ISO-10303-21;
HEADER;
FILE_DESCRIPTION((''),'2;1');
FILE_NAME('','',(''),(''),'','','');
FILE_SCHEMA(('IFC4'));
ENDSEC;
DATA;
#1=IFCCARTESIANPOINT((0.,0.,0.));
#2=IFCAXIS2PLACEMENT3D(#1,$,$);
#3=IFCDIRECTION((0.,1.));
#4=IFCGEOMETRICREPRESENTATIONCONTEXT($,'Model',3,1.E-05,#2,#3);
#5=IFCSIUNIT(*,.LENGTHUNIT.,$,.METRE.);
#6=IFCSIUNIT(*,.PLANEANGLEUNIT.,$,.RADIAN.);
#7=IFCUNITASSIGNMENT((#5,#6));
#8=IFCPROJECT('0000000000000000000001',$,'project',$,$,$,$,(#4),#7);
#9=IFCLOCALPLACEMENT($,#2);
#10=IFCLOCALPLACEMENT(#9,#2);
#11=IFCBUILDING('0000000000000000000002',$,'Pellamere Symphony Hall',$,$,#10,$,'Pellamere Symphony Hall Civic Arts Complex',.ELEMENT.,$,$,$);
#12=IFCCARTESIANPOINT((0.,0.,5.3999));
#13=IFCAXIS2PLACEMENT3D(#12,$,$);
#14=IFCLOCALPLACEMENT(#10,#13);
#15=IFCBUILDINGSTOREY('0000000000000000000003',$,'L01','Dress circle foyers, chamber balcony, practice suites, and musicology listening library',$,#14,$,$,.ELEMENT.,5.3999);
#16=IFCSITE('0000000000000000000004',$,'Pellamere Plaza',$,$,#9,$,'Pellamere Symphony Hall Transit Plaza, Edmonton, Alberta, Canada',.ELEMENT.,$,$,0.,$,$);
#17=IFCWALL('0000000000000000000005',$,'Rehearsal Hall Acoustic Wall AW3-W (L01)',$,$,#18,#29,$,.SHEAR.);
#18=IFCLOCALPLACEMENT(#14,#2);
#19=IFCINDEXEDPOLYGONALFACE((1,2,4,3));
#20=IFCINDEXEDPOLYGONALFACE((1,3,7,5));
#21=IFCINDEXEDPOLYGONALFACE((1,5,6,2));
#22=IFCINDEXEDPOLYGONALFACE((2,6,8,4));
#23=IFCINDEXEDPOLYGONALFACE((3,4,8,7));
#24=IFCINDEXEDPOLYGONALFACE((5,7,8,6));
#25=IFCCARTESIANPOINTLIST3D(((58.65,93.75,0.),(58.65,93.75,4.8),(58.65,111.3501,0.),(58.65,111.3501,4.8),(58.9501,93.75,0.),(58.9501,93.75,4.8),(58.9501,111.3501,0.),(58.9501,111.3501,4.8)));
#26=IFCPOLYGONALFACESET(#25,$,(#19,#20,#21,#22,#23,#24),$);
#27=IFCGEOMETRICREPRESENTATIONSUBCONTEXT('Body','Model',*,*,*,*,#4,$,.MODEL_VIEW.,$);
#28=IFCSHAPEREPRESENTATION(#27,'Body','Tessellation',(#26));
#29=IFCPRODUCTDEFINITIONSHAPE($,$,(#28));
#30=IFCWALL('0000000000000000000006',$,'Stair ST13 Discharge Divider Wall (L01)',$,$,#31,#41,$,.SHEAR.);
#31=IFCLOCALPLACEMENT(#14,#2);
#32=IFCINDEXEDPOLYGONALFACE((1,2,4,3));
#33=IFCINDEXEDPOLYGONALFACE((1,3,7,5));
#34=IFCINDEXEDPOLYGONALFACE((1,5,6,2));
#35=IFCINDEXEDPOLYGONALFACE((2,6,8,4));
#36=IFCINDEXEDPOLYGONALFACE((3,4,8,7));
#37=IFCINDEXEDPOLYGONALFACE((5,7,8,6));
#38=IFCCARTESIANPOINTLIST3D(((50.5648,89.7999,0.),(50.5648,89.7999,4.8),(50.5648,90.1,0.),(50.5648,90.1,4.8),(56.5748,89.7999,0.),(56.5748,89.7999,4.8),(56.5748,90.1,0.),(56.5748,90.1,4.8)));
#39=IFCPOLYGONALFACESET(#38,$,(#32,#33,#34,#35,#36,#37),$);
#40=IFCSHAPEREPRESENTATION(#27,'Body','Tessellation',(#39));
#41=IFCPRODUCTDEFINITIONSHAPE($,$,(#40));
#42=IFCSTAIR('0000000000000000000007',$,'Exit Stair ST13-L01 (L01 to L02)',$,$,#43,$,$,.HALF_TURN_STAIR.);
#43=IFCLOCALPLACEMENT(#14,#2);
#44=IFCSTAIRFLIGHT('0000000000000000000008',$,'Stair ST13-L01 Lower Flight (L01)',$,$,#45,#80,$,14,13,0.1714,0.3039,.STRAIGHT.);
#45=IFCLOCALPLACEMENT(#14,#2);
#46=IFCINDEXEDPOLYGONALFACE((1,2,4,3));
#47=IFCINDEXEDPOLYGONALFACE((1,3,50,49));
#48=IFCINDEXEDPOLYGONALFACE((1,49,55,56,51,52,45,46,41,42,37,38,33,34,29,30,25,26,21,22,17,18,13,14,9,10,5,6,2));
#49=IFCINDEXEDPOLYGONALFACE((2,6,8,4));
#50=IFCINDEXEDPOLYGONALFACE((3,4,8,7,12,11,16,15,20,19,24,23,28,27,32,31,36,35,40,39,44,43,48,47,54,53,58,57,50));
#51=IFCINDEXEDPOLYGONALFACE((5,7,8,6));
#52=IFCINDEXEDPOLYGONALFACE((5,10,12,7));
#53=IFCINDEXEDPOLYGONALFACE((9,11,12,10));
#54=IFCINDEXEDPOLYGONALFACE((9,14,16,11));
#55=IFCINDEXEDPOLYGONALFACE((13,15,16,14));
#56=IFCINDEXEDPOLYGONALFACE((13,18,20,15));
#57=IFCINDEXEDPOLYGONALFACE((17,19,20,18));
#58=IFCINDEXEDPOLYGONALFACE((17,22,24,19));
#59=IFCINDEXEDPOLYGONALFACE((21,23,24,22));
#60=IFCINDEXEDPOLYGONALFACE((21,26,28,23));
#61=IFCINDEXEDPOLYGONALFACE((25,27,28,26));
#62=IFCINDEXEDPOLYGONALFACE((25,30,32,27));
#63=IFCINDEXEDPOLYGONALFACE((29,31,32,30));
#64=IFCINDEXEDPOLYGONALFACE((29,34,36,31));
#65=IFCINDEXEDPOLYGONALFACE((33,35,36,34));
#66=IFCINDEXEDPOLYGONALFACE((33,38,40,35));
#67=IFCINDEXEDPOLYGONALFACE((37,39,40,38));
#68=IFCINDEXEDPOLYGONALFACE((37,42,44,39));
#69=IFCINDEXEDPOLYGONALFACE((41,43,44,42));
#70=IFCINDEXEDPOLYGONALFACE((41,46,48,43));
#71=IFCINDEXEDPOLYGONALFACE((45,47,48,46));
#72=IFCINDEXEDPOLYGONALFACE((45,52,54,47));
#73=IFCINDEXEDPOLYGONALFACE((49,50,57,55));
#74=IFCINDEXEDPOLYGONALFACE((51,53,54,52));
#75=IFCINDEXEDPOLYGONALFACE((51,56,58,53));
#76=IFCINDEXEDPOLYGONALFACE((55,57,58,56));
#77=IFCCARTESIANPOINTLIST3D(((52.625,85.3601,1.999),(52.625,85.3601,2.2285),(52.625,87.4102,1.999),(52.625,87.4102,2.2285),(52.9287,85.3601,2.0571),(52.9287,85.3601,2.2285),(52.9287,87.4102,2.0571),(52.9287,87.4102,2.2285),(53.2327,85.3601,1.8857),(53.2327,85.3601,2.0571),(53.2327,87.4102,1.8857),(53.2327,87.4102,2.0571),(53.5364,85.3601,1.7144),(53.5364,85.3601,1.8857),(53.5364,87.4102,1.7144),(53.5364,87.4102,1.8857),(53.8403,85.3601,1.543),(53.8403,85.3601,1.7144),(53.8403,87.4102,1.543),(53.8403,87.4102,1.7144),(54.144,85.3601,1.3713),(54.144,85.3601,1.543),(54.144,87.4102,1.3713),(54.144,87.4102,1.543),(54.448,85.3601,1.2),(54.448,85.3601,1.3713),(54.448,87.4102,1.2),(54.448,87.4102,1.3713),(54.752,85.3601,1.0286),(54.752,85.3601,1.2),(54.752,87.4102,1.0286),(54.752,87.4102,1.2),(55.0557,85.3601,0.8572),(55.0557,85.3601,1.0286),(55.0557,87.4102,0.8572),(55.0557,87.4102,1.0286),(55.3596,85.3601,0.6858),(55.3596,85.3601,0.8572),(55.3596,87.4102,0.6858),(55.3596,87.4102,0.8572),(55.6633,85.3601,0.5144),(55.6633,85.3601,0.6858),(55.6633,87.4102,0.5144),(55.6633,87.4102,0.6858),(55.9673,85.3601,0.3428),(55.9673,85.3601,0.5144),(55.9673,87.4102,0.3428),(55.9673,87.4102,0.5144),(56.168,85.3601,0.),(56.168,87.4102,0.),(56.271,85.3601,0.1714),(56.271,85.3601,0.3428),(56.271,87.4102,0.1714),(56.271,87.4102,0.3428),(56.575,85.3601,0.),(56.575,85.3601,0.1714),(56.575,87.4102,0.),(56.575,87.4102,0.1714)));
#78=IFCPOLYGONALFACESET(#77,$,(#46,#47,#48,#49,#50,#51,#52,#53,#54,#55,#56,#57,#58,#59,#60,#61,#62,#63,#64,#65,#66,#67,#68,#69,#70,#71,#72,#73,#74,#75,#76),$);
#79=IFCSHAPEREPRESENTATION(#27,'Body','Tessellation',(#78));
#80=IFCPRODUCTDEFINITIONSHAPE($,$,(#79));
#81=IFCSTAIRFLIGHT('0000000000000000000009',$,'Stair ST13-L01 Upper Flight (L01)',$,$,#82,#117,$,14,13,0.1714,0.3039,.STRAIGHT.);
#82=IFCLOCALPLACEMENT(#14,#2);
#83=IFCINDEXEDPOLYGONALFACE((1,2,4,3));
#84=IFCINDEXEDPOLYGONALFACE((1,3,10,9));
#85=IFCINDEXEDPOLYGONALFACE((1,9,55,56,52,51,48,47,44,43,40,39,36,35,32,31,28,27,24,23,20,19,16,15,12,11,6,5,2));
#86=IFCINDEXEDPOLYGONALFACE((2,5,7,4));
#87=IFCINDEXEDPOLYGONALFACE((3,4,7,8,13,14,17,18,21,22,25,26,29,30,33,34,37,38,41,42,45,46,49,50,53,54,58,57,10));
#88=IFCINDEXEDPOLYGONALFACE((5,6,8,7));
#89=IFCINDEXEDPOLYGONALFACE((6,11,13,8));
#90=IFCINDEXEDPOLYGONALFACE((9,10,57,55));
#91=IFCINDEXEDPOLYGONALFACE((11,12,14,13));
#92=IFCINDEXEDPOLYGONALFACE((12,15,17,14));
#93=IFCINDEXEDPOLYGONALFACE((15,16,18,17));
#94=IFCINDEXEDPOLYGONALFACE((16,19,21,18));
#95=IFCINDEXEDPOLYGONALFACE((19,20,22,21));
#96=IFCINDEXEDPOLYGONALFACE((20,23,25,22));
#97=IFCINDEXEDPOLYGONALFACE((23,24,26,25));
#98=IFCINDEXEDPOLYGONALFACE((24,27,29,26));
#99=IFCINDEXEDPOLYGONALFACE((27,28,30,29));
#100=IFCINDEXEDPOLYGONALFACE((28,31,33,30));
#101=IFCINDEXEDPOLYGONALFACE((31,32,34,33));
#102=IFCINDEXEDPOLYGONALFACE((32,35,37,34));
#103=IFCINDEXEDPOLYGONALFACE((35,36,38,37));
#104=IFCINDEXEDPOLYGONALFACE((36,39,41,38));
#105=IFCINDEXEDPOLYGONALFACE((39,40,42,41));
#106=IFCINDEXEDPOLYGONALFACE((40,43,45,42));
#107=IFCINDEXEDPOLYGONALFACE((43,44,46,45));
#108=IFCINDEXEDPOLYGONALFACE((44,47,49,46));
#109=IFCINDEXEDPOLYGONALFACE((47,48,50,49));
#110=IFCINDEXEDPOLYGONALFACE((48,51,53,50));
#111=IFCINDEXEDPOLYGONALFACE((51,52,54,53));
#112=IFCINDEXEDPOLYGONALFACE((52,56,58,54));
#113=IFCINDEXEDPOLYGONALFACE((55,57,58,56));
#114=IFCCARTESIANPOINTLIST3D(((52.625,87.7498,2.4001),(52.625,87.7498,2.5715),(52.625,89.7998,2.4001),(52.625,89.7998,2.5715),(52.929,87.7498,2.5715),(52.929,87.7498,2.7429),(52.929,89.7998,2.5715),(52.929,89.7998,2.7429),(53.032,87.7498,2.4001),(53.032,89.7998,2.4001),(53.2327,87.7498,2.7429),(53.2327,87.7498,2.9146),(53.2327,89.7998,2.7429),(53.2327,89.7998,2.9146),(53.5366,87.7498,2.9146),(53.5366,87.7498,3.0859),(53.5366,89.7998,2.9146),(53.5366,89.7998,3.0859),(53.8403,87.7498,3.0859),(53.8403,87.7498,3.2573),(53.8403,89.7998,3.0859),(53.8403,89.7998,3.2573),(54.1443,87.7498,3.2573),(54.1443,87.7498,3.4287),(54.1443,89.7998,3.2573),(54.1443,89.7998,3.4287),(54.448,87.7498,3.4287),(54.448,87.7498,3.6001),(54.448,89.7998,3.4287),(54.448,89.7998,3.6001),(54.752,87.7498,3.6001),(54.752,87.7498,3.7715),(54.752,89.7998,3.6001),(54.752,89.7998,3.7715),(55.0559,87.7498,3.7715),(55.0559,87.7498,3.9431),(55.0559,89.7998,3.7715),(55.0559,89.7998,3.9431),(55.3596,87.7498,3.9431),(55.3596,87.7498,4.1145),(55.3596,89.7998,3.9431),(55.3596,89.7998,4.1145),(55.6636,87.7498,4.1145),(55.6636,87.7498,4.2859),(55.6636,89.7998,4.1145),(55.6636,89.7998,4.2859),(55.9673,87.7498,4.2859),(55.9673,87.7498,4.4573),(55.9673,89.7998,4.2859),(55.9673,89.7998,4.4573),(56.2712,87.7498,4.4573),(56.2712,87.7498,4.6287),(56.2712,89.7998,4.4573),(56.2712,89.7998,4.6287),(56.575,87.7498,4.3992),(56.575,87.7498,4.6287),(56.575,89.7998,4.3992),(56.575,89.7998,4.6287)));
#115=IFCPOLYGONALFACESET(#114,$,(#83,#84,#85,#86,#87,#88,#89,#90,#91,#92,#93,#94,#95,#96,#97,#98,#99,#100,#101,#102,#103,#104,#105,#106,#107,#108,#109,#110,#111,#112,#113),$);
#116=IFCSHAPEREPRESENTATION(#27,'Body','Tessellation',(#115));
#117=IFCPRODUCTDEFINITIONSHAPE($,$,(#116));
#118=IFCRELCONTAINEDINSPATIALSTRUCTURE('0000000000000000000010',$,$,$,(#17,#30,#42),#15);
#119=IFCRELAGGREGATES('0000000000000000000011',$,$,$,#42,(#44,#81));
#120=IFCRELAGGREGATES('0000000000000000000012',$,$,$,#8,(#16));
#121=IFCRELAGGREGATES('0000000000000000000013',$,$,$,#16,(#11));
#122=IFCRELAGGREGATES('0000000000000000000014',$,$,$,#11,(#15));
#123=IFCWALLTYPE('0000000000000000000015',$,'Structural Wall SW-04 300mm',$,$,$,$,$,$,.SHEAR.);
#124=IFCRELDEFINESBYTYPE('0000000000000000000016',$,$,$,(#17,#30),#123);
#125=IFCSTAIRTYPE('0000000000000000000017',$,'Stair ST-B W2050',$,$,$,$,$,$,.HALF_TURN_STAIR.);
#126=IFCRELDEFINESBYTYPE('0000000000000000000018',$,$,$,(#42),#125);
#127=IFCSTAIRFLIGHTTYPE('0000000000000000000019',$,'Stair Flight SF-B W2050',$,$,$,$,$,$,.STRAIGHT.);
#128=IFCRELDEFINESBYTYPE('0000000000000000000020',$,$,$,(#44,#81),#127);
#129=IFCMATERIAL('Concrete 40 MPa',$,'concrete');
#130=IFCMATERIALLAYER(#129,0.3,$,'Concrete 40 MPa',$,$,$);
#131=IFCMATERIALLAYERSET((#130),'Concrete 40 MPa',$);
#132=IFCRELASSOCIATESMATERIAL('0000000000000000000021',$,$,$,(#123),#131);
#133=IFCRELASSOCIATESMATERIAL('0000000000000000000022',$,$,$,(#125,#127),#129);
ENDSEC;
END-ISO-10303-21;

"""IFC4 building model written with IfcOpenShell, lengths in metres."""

from ifc_helpers import new_model, si_unit, direction, frame, frame_2d, origin, place, context, subcontext, project, spatial, polyline, rectangle, outline, extrude, material, layer, layer_set, type_object, element, aggregate, save


model = new_model("IFC4")

# Units and contexts
model_context = context("Model", 3, precision=1e-05, world=origin(), true_north=direction((0.0, 1.0)))
body_context = subcontext(model_context, "Body", "Model", "MODEL_VIEW")
ifc_project = project(units=[si_unit("LENGTHUNIT", "METRE"), si_unit("PLANEANGLEUNIT", "RADIAN")], contexts=[model_context])

# Site, building, storey
site_placement = place(None, origin())
site = spatial("IfcSite", under=ifc_project, at=site_placement, Name="Pellamere Plaza", LongName="Pellamere Symphony Hall Transit Plaza, Edmonton, Alberta, Canada", CompositionType="ELEMENT", RefElevation=0.0)
building_placement = place(site_placement, origin())
building = spatial("IfcBuilding", under=site, at=building_placement, Name="Pellamere Symphony Hall", LongName="Pellamere Symphony Hall Civic Arts Complex", CompositionType="ELEMENT")
storey_placement = place(building_placement, frame((0.0, 0.0, 5.3999)))
storey = spatial("IfcBuildingStorey", under=building, at=storey_placement, Name="L01", Description="Dress circle foyers, chamber balcony, practice suites, and musicology listening library", CompositionType="ELEMENT", Elevation=5.3999)

# Shared definitions
ifc_material_1 = material(Name="Concrete 40 MPa", Category="concrete")

# Walls
ifc_layer_1 = layer(ifc_material_1, 0.3, Name="Concrete 40 MPa")
ifc_layer_set_1 = layer_set([ifc_layer_1], Name="Concrete 40 MPa")
wall_type_1 = type_object("IfcWallType", Name="Structural Wall SW-04 300mm", PredefinedType="SHEAR", material=ifc_layer_set_1)
wall_1_placement = place(storey_placement, frame((58.8, 93.75, 0.0), z_axis=(0.0, 0.0, 1.0), x_axis=(0.0, 1.0, 0.0)))
element("IfcWall", 1, at=wall_1_placement, inside=storey, type_object=wall_type_1, Name="Rehearsal Hall Acoustic Wall AW3-W (L01)", PredefinedType="SHEAR", context=body_context, shape_type="SweptSolid", body=[
    extrude(rectangle(XDim=17.6001, YDim=0.3, at=frame_2d((8.8, 0.0))), origin(), (0.0, 0.0, 1.0), 4.8),
])
wall_2_placement = place(storey_placement, frame((50.5649, 89.95, 0.0), z_axis=(0.0, 0.0, 1.0), x_axis=(1.0, 0.0, 0.0)))
element("IfcWall", 2, at=wall_2_placement, inside=storey, type_object=wall_type_1, Name="Stair ST13 Discharge Divider Wall (L01)", PredefinedType="SHEAR", context=body_context, shape_type="SweptSolid", body=[
    extrude(rectangle(XDim=6.01, YDim=0.3, at=frame_2d((3.0049, 0.0))), origin(), (0.0, 0.0, 1.0), 4.8),
])

# Stair, stair flights
stair_type = type_object("IfcStairType", Name="Stair ST-B W2050", PredefinedType="HALF_TURN_STAIR", material=ifc_material_1)
stair_placement = place(storey_placement, origin())
stair = element("IfcStair", 3, at=stair_placement, inside=storey, type_object=stair_type, Name="Exit Stair ST13-L01 (L01 to L02)", PredefinedType="HALF_TURN_STAIR")
stair_flight_type = type_object("IfcStairFlightType", Name="Stair Flight SF-B W2050", PredefinedType="STRAIGHT", material=ifc_material_1)
stair_flight_1_placement = place(storey_placement, frame((56.575, 86.385, 0.0), z_axis=(0.0, 0.0, 1.0), x_axis=(-1.0, 0.0, 0.0)))
stair_flight_1 = element("IfcStairFlight", 4, at=stair_flight_1_placement, type_object=stair_flight_type, Name="Stair ST13-L01 Lower Flight (L01)", NumberOfRisers=14, NumberOfTreads=13, PredefinedType="STRAIGHT", RiserHeight=0.1714, TreadLength=0.3039, context=body_context, shape_type="SweptSolid", body=[
    extrude(outline(polyline([(0.0, 0.0), (0.0, 0.1714), (0.304, 0.1714), (0.304, 0.3428), (0.6077, 0.3428), (0.6077, 0.5144), (0.9116, 0.5144), (0.9116, 0.6858), (1.2153, 0.6858), (1.2153, 0.8572), (1.5193, 0.8572), (1.5193, 1.0286), (1.823, 1.0286), (1.823, 1.2), (2.127, 1.2), (2.127, 1.3713), (2.4309, 1.3713), (2.4309, 1.543), (2.7346, 1.543), (2.7346, 1.7144), (3.0386, 1.7144), (3.0386, 1.8857), (3.3423, 1.8857), (3.3423, 2.0571), (3.6462, 2.0571), (3.6462, 2.2285), (3.95, 2.2285), (3.95, 2.3999), (3.95, 1.999), (0.407, 0.0), (0.0, 0.0)])), frame((0.0, 1.0249, 0.0), z_axis=(0.0, -1.0, 0.0), x_axis=(1.0, 0.0, 0.0)), (0.0, 0.0, 1.0), 2.05),
])
stair_flight_2_placement = place(storey_placement, frame((52.625, 88.7749, 2.4001), z_axis=(0.0, 0.0, 1.0), x_axis=(1.0, 0.0, 0.0)))
stair_flight_2 = element("IfcStairFlight", 5, at=stair_flight_2_placement, type_object=stair_flight_type, Name="Stair ST13-L01 Upper Flight (L01)", NumberOfRisers=14, NumberOfTreads=13, PredefinedType="STRAIGHT", RiserHeight=0.1714, TreadLength=0.3039, context=body_context, shape_type="SweptSolid", body=[
    extrude(outline(polyline([(0.0, 0.0), (0.0, 0.1714), (0.304, 0.1714), (0.304, 0.3428), (0.6077, 0.3428), (0.6077, 0.5144), (0.9116, 0.5144), (0.9116, 0.6858), (1.2153, 0.6858), (1.2153, 0.8572), (1.5193, 0.8572), (1.5193, 1.0286), (1.823, 1.0286), (1.823, 1.2), (2.127, 1.2), (2.127, 1.3713), (2.4309, 1.3713), (2.4309, 1.543), (2.7346, 1.543), (2.7346, 1.7144), (3.0386, 1.7144), (3.0386, 1.8857), (3.3423, 1.8857), (3.3423, 2.0571), (3.6462, 2.0571), (3.6462, 2.2285), (3.95, 2.2285), (3.95, 2.3999), (3.95, 1.999), (0.407, 0.0), (0.0, 0.0)])), frame((0.0, 1.0249, 0.0), z_axis=(0.0, -1.0, 0.0), x_axis=(1.0, 0.0, 0.0)), (0.0, 0.0, 1.0), 2.05),
])
aggregate(stair, [stair_flight_1, stair_flight_2])

save(model, "model.ifc")
